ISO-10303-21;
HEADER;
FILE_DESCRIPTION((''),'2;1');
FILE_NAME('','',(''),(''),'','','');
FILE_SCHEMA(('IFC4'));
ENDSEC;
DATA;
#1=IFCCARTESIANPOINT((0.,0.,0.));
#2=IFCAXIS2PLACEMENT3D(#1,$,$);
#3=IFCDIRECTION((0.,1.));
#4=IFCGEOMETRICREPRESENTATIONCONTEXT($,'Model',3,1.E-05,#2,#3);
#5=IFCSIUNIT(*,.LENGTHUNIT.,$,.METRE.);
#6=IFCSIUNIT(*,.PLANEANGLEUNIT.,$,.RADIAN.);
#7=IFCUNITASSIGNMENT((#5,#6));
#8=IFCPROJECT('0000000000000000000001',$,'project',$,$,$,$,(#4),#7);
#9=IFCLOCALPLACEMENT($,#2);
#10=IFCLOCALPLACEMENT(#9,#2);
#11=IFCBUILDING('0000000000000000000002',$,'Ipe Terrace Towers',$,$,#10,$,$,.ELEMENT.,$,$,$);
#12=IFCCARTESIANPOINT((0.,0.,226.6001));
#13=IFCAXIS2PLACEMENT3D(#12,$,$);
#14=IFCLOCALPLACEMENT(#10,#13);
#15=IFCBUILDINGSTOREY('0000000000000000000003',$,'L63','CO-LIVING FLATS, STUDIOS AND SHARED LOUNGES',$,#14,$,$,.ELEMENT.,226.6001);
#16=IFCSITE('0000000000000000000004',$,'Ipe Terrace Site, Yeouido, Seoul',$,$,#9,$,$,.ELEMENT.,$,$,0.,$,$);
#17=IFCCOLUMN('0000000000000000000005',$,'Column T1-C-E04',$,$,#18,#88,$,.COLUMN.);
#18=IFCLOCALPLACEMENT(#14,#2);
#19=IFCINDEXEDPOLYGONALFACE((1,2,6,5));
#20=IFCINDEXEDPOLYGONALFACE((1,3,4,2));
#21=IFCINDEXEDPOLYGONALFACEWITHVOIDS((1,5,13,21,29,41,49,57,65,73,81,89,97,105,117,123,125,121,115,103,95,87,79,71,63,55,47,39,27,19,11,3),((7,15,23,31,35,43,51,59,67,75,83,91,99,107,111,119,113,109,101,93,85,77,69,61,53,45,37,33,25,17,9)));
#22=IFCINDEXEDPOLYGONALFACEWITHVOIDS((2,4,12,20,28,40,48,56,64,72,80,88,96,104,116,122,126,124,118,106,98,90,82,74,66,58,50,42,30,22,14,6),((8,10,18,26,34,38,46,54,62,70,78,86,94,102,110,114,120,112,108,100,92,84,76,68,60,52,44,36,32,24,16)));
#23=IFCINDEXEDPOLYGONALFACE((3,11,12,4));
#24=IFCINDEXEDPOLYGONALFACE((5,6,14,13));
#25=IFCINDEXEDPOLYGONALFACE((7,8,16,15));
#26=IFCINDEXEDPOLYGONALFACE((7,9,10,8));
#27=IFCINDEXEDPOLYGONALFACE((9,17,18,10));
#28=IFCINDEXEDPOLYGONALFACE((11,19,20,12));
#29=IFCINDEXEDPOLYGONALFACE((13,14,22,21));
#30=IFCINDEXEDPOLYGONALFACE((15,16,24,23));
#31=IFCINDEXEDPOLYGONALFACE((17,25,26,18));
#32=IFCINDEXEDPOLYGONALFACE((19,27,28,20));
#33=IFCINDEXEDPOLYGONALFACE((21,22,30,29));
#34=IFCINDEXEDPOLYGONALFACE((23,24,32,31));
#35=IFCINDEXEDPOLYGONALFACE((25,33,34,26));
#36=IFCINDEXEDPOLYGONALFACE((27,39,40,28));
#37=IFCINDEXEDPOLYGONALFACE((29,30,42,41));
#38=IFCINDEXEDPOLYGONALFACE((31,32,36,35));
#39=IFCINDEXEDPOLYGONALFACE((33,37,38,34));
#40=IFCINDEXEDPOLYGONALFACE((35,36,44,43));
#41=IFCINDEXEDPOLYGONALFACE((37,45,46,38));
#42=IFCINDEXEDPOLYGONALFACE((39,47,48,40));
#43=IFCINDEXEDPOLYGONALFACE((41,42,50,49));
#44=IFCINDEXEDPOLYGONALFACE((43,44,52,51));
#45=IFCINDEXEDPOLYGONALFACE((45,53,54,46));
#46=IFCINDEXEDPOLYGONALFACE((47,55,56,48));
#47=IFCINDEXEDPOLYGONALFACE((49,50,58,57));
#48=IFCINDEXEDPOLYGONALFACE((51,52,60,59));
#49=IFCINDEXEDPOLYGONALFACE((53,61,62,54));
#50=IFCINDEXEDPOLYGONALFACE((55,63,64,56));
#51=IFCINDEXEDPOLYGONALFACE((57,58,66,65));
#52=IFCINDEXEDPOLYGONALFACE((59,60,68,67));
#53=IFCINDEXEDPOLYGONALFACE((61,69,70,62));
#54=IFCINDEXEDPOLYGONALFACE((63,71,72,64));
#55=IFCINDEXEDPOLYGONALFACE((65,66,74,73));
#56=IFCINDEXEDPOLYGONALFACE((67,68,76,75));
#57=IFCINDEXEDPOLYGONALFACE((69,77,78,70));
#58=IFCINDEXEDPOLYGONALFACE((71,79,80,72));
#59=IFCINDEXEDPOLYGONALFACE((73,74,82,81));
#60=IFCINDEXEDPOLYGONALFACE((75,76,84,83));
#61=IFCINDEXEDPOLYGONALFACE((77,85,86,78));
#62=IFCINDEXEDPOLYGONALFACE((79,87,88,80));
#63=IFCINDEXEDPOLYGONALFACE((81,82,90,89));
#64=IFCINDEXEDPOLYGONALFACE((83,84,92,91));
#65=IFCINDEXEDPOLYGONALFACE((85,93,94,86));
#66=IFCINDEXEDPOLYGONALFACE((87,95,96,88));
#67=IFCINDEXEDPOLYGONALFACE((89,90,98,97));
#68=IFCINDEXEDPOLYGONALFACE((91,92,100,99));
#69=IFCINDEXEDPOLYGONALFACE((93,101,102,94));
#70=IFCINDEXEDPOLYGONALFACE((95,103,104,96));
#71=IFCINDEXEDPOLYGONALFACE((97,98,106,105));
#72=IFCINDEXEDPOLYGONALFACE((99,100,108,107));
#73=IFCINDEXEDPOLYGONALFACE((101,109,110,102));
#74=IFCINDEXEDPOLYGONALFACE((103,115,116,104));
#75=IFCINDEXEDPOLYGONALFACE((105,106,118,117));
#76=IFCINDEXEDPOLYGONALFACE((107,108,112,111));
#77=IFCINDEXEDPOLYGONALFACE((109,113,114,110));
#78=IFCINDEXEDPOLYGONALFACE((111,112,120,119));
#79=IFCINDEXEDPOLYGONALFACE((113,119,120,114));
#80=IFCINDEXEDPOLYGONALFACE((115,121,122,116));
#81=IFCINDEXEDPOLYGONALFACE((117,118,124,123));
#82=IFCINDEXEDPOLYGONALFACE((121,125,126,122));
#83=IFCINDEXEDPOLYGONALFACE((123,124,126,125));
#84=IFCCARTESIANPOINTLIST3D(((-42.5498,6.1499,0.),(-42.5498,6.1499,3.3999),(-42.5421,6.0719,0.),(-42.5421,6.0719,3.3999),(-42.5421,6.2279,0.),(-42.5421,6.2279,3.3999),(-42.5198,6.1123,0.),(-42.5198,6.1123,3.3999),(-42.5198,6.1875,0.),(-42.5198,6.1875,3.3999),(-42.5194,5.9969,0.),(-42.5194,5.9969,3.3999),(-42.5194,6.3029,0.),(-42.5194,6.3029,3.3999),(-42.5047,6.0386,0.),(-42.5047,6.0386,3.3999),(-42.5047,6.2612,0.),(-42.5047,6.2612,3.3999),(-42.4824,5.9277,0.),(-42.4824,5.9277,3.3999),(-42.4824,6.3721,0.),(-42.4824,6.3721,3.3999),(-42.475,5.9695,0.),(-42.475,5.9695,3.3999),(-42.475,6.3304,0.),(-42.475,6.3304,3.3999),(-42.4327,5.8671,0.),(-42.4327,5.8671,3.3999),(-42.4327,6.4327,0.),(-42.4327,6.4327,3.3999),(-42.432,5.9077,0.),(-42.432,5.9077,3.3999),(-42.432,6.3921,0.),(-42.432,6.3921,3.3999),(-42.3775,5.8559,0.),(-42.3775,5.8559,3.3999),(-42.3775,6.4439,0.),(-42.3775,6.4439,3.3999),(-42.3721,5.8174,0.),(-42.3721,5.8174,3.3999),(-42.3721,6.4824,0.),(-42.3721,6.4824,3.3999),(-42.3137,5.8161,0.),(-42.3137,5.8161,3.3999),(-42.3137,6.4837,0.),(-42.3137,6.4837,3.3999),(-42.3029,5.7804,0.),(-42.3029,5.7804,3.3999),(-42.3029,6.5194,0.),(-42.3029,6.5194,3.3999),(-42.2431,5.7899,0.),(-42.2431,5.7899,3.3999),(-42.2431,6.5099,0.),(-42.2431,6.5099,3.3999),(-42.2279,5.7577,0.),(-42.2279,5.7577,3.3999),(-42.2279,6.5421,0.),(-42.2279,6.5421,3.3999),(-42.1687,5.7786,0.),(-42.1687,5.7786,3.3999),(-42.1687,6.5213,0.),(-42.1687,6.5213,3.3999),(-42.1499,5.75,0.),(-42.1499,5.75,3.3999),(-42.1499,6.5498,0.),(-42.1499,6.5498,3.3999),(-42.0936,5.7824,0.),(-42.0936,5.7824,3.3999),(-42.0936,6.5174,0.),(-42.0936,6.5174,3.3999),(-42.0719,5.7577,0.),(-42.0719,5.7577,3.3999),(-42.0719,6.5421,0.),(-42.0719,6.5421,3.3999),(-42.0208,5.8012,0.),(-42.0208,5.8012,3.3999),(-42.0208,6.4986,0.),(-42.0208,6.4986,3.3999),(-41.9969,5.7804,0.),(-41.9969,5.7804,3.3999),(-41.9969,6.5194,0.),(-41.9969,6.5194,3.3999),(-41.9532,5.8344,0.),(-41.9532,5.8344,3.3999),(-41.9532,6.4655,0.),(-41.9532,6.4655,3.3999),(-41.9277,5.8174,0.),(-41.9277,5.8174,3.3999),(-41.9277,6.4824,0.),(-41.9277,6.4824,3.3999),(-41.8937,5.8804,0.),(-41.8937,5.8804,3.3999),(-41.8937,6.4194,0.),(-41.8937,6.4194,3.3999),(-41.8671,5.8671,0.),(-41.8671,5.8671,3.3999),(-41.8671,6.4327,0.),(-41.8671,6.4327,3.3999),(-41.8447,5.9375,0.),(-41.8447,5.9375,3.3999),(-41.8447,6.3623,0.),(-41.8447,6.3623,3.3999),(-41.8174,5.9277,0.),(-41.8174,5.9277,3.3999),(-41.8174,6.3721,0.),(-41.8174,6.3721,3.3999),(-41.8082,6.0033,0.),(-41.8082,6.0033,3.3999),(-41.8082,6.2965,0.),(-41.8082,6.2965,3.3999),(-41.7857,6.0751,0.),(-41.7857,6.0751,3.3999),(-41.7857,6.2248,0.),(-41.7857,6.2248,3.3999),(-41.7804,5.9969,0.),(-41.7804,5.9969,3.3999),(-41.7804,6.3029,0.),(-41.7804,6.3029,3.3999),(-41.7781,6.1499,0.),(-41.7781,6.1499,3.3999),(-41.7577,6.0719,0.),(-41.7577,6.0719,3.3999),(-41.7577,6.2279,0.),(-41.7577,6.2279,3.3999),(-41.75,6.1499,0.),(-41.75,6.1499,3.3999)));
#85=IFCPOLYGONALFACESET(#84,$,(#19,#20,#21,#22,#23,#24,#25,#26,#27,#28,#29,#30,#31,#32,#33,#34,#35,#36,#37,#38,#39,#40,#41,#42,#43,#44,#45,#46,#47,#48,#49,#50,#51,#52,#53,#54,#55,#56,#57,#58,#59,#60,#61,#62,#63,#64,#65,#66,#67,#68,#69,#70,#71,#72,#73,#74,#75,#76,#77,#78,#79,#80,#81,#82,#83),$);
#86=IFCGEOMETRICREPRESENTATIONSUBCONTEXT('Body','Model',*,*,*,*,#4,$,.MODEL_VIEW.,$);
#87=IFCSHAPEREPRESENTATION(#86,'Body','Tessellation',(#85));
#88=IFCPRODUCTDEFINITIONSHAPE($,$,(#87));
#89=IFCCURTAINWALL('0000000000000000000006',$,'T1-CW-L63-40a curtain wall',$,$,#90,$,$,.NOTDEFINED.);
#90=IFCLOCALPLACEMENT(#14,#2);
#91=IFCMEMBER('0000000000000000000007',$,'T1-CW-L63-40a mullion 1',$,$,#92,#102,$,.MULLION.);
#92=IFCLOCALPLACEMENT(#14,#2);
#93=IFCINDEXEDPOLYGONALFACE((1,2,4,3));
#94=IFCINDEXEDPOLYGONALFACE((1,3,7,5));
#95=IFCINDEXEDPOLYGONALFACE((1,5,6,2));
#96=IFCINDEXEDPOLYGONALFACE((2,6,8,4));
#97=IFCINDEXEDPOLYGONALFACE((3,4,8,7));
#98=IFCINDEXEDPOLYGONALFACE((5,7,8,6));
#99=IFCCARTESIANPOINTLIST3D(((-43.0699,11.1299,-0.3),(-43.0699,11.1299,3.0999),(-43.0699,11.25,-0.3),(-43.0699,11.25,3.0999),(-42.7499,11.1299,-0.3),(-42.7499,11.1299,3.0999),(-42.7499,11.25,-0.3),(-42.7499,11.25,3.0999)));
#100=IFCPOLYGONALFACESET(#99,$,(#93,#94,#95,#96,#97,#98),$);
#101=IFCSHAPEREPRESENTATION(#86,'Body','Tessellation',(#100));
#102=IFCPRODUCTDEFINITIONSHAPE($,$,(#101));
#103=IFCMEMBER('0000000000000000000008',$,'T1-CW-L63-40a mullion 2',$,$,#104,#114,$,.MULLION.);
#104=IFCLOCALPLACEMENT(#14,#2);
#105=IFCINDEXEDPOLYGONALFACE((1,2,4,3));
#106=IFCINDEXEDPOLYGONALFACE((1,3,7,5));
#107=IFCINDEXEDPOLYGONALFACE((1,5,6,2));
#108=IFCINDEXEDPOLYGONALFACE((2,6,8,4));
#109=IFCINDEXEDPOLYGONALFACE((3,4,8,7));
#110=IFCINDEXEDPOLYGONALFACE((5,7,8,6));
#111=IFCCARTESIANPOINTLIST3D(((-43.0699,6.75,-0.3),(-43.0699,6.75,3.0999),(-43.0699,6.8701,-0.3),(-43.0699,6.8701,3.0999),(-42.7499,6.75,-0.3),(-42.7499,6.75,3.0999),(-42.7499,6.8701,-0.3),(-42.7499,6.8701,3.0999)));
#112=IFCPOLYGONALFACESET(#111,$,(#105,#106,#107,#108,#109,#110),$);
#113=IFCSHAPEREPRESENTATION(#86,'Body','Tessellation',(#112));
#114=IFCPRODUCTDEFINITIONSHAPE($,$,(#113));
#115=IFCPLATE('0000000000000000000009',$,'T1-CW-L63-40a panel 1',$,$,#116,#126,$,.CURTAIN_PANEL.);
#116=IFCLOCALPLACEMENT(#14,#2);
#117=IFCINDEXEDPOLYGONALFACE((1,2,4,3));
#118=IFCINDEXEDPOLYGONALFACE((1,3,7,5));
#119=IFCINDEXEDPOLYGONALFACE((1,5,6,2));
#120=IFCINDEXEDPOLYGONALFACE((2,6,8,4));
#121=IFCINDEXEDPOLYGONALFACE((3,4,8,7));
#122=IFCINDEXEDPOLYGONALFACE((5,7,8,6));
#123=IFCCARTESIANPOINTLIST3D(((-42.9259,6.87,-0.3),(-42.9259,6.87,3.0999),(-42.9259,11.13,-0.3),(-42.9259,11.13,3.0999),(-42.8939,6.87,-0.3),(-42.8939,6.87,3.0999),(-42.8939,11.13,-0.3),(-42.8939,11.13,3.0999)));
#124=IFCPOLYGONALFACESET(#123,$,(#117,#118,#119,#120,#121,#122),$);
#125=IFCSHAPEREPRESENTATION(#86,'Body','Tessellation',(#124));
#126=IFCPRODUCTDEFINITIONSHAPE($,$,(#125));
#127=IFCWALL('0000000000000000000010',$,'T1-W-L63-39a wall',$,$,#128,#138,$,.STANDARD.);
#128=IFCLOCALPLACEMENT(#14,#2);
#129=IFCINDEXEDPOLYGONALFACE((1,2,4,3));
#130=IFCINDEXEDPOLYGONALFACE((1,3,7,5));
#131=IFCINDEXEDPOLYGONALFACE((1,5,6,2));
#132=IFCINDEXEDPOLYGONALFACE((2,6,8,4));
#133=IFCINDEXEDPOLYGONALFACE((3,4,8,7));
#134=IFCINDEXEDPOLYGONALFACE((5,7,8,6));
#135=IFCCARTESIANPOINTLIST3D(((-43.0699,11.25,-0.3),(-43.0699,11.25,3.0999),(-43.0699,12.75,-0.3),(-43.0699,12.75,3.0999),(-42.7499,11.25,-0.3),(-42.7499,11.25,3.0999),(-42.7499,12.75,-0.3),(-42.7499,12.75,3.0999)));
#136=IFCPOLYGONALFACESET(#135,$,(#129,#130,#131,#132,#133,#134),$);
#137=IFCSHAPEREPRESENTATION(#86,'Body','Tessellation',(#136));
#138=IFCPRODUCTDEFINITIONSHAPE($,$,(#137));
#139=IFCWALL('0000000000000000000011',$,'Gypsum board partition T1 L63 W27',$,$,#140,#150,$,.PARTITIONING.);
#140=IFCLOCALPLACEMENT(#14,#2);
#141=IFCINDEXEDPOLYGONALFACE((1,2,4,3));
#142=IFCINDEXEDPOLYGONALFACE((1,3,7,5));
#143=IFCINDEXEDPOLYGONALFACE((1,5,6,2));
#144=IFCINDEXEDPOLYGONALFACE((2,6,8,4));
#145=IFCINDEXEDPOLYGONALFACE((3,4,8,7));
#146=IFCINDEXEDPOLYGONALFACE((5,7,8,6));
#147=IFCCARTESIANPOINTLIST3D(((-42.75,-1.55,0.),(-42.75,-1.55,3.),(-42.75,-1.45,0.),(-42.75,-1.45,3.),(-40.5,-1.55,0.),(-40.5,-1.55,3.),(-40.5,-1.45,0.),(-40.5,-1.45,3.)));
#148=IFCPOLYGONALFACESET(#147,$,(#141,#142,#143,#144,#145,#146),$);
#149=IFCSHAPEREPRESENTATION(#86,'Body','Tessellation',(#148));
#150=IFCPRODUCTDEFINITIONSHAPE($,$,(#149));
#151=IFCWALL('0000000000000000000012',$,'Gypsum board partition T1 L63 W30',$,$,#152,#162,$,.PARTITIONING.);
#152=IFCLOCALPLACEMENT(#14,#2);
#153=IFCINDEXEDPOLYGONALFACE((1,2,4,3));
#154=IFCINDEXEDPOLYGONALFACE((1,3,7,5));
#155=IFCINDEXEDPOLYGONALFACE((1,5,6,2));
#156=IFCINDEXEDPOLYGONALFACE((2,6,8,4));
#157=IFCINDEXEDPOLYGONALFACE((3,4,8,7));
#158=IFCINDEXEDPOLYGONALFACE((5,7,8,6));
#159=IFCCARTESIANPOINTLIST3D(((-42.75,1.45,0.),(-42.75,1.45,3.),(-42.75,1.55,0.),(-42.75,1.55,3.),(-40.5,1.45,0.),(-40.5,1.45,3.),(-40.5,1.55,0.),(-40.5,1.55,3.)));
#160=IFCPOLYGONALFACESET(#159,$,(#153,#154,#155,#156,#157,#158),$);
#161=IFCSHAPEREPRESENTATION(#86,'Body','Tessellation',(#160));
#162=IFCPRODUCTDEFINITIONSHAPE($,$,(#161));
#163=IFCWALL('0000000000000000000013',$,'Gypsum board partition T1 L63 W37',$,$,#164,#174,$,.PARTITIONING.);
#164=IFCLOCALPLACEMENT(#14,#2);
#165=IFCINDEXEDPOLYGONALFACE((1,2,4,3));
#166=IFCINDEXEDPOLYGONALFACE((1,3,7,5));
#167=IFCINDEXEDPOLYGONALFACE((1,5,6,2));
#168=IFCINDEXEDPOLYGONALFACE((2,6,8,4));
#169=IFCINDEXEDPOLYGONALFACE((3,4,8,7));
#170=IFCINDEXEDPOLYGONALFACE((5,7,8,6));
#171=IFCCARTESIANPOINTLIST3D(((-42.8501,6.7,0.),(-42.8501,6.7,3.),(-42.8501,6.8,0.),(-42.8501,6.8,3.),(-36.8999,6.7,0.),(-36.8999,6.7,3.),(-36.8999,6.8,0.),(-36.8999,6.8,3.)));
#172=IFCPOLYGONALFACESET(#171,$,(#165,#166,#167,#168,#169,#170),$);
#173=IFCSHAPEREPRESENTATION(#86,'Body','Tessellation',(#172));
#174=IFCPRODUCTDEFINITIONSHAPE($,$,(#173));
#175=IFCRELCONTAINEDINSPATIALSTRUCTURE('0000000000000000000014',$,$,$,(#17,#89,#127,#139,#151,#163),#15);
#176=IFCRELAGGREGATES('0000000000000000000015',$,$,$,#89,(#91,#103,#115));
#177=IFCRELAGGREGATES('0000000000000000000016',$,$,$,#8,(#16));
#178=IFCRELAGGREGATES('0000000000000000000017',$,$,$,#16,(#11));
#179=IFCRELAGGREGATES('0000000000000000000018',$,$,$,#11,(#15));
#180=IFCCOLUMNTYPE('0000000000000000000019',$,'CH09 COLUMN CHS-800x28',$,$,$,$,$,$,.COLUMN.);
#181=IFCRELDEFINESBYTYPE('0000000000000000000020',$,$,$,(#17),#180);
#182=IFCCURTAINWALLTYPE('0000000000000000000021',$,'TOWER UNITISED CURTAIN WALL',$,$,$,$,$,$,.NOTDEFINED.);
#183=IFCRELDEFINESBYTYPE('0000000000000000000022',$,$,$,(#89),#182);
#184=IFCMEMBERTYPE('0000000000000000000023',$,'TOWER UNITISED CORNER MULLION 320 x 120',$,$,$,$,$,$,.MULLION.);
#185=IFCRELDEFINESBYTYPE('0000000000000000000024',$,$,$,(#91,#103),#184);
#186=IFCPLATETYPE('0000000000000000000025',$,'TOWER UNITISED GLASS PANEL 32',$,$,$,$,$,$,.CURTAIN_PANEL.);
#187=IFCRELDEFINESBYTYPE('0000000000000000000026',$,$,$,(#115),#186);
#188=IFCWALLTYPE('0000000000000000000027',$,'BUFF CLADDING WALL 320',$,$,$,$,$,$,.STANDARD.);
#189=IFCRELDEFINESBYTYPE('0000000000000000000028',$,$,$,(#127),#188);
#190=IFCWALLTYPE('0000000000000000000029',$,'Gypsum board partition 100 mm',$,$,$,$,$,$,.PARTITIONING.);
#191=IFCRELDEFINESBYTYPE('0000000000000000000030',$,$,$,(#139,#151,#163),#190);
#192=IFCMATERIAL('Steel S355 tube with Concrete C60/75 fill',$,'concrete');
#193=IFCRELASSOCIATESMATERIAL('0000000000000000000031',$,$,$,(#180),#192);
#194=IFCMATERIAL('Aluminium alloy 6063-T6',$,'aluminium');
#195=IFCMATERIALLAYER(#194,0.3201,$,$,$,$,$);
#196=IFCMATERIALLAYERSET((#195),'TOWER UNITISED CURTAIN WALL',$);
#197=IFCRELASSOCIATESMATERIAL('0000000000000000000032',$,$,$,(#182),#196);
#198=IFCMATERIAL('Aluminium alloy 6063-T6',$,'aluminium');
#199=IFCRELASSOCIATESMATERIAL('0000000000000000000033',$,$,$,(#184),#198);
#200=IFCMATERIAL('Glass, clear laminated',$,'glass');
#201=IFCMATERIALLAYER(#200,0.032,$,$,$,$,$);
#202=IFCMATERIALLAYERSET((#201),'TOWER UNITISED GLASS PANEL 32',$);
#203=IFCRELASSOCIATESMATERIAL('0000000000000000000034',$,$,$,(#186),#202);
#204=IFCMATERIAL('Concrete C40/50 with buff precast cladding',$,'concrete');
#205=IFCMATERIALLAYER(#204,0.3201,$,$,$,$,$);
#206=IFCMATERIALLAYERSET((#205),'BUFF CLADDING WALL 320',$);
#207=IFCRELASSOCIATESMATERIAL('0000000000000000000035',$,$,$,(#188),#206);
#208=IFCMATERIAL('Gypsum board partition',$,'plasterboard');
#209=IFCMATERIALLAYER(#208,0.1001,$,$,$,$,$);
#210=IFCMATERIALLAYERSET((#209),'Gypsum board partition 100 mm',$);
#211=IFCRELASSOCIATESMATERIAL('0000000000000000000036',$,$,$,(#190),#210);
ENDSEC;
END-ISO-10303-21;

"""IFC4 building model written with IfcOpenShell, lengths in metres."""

from ifc_helpers import new_model, si_unit, direction, frame, frame_2d, origin, origin_2d, place, context, subcontext, project, spatial, rectangle, hollow_circle, extrude, material, layer, layer_set, material_profile, profile_set, type_object, element, aggregate, save


model = new_model("IFC4")

# Units and contexts
model_context = context("Model", 3, precision=1e-05, world=origin(), true_north=direction((0.0, 1.0)))
body_context = subcontext(model_context, "Body", "Model", "MODEL_VIEW")
ifc_project = project(units=[si_unit("LENGTHUNIT", "METRE"), si_unit("PLANEANGLEUNIT", "RADIAN")], contexts=[model_context])

# Site, building, storey
site_placement = place(None, origin())
site = spatial("IfcSite", under=ifc_project, at=site_placement, Name="Ipe Terrace Site, Yeouido, Seoul", CompositionType="ELEMENT", RefElevation=0.0)
building_placement = place(site_placement, origin())
building = spatial("IfcBuilding", under=site, at=building_placement, Name="Ipe Terrace Towers", CompositionType="ELEMENT")
storey_placement = place(building_placement, frame((0.0, 0.0, 226.6001)))
storey = spatial("IfcBuildingStorey", under=building, at=storey_placement, Name="L63", Description="CO-LIVING FLATS, STUDIOS AND SHARED LOUNGES", CompositionType="ELEMENT", Elevation=226.6001)

# Column
ifc_material_1 = material(Name="Steel S355 tube with Concrete C60/75 fill", Category="concrete")
ifc_material_profile_1 = material_profile(ifc_material_1, hollow_circle(Radius=0.3999, WallThickness=0.0281, at=origin_2d()), Name="CHS-800x28")
ifc_profile_set_1 = profile_set([ifc_material_profile_1], Name="Steel S355 tube with Concrete C60/75 fill")
column_type = type_object("IfcColumnType", Name="CH09 COLUMN CHS-800x28", PredefinedType="COLUMN", material=ifc_profile_set_1)
column_placement = place(storey_placement, frame((-42.1499, 6.1499, 0.0), z_axis=(0.0, 0.0, 1.0), x_axis=(1.0, 0.0, 0.0)))
element("IfcColumn", 1, at=column_placement, inside=storey, type_object=column_type, Name="Column T1-C-E04", PredefinedType="COLUMN", context=body_context, shape_type="SweptSolid", body=[
    extrude(hollow_circle(Radius=0.3999, WallThickness=0.0281, at=origin_2d()), origin(), (0.0, 0.0, 1.0), 3.3999),
])

# Curtain wall, members, plate
ifc_material_2 = material(Name="Aluminium alloy 6063-T6", Category="aluminium")
ifc_layer_1 = layer(ifc_material_2, 0.3201)
ifc_layer_set_1 = layer_set([ifc_layer_1], Name="TOWER UNITISED CURTAIN WALL")
curtain_wall_type = type_object("IfcCurtainWallType", Name="TOWER UNITISED CURTAIN WALL", PredefinedType="NOTDEFINED", material=ifc_layer_set_1)
curtain_wall_placement = place(storey_placement, origin())
curtain_wall = element("IfcCurtainWall", 2, at=curtain_wall_placement, inside=storey, type_object=curtain_wall_type, Name="T1-CW-L63-40a curtain wall", PredefinedType="NOTDEFINED")
ifc_material_3 = material(Name="Aluminium alloy 6063-T6", Category="aluminium")
ifc_material_profile_2 = material_profile(ifc_material_3, rectangle(XDim=0.3201, YDim=0.1201, at=origin_2d()), Name="TOWER UNITISED CORNER MULLION 320 x 120")
ifc_profile_set_2 = profile_set([ifc_material_profile_2], Name="Aluminium alloy 6063-T6")
member_type = type_object("IfcMemberType", Name="TOWER UNITISED CORNER MULLION 320 x 120", PredefinedType="MULLION", material=ifc_profile_set_2)
member_1_placement = place(storey_placement, frame((-42.9099, 11.1899, -0.3), z_axis=(0.0, 0.0, 1.0), x_axis=(-1.0, 0.0, 0.0)))
member_1 = element("IfcMember", 3, at=member_1_placement, type_object=member_type, Name="T1-CW-L63-40a mullion 1", PredefinedType="MULLION", context=body_context, shape_type="SweptSolid", body=[
    extrude(rectangle(XDim=0.3201, YDim=0.1201, at=origin_2d()), origin(), (0.0, 0.0, 1.0), 3.3999),
])
member_2_placement = place(storey_placement, frame((-42.9099, 6.8101, -0.3), z_axis=(0.0, 0.0, 1.0), x_axis=(-1.0, 0.0, 0.0)))
member_2 = element("IfcMember", 4, at=member_2_placement, type_object=member_type, Name="T1-CW-L63-40a mullion 2", PredefinedType="MULLION", context=body_context, shape_type="SweptSolid", body=[
    extrude(rectangle(XDim=0.3201, YDim=0.1201, at=origin_2d()), origin(), (0.0, 0.0, 1.0), 3.3999),
])
ifc_material_4 = material(Name="Glass, clear laminated", Category="glass")
ifc_layer_2 = layer(ifc_material_4, 0.032)
ifc_layer_set_2 = layer_set([ifc_layer_2], Name="TOWER UNITISED GLASS PANEL 32")
plate_type = type_object("IfcPlateType", Name="TOWER UNITISED GLASS PANEL 32", PredefinedType="CURTAIN_PANEL", material=ifc_layer_set_2)
plate_placement = place(storey_placement, frame((-42.9099, 9.0, -0.3), z_axis=(0.0, 0.0, 1.0), x_axis=(0.0, -1.0, 0.0)))
plate = element("IfcPlate", 5, at=plate_placement, type_object=plate_type, Name="T1-CW-L63-40a panel 1", PredefinedType="CURTAIN_PANEL", context=body_context, shape_type="SweptSolid", body=[
    extrude(rectangle(XDim=4.26, YDim=0.032, at=origin_2d()), origin(), (0.0, 0.0, 1.0), 3.3999),
])
aggregate(curtain_wall, [member_1, member_2, plate])

# Walls
ifc_material_5 = material(Name="Concrete C40/50 with buff precast cladding", Category="concrete")
ifc_layer_3 = layer(ifc_material_5, 0.3201)
ifc_layer_set_3 = layer_set([ifc_layer_3], Name="BUFF CLADDING WALL 320")
wall_type_1 = type_object("IfcWallType", Name="BUFF CLADDING WALL 320", PredefinedType="STANDARD", material=ifc_layer_set_3)
wall_1_placement = place(storey_placement, frame((-42.9099, 12.75, -0.3), z_axis=(0.0, 0.0, 1.0), x_axis=(0.0, -1.0, 0.0)))
element("IfcWall", 6, at=wall_1_placement, inside=storey, type_object=wall_type_1, Name="T1-W-L63-39a wall", PredefinedType="STANDARD", context=body_context, shape_type="SweptSolid", body=[
    extrude(rectangle(XDim=1.5, YDim=0.3201, at=frame_2d((0.75, 0.0))), origin(), (0.0, 0.0, 1.0), 3.3999),
])
ifc_material_6 = material(Name="Gypsum board partition", Category="plasterboard")
ifc_layer_4 = layer(ifc_material_6, 0.1001)
ifc_layer_set_4 = layer_set([ifc_layer_4], Name="Gypsum board partition 100 mm")
wall_type_2 = type_object("IfcWallType", Name="Gypsum board partition 100 mm", PredefinedType="PARTITIONING", material=ifc_layer_set_4)
for number, where, z_axis, x_axis, name in (
    (7, (-42.75, -1.5, 0.0), (0.0, 0.0, 1.0), (1.0, 0.0, 0.0), "Gypsum board partition T1 L63 W27"),
    (8, (-42.75, 1.5, 0.0), (0.0, 0.0, 1.0), (1.0, 0.0, 0.0), "Gypsum board partition T1 L63 W30"),
):
    element("IfcWall", number, at=place(storey_placement, frame(where, z_axis=z_axis, x_axis=x_axis)), inside=storey, type_object=wall_type_2, Name=name, PredefinedType="PARTITIONING", context=body_context, shape_type="SweptSolid", body=[
        extrude(rectangle(XDim=2.25, YDim=0.1001, at=frame_2d((1.125, 0.0))), origin(), (0.0, 0.0, 1.0), 3.0),
    ])
wall_2_placement = place(storey_placement, frame((-42.8501, 6.75, 0.0), z_axis=(0.0, 0.0, 1.0), x_axis=(1.0, 0.0, 0.0)))
element("IfcWall", 9, at=wall_2_placement, inside=storey, type_object=wall_type_2, Name="Gypsum board partition T1 L63 W37", PredefinedType="PARTITIONING", context=body_context, shape_type="SweptSolid", body=[
    extrude(rectangle(XDim=5.9502, YDim=0.1001, at=frame_2d((2.9751, 0.0))), origin(), (0.0, 0.0, 1.0), 3.0),
])

save(model, "model.ifc")
